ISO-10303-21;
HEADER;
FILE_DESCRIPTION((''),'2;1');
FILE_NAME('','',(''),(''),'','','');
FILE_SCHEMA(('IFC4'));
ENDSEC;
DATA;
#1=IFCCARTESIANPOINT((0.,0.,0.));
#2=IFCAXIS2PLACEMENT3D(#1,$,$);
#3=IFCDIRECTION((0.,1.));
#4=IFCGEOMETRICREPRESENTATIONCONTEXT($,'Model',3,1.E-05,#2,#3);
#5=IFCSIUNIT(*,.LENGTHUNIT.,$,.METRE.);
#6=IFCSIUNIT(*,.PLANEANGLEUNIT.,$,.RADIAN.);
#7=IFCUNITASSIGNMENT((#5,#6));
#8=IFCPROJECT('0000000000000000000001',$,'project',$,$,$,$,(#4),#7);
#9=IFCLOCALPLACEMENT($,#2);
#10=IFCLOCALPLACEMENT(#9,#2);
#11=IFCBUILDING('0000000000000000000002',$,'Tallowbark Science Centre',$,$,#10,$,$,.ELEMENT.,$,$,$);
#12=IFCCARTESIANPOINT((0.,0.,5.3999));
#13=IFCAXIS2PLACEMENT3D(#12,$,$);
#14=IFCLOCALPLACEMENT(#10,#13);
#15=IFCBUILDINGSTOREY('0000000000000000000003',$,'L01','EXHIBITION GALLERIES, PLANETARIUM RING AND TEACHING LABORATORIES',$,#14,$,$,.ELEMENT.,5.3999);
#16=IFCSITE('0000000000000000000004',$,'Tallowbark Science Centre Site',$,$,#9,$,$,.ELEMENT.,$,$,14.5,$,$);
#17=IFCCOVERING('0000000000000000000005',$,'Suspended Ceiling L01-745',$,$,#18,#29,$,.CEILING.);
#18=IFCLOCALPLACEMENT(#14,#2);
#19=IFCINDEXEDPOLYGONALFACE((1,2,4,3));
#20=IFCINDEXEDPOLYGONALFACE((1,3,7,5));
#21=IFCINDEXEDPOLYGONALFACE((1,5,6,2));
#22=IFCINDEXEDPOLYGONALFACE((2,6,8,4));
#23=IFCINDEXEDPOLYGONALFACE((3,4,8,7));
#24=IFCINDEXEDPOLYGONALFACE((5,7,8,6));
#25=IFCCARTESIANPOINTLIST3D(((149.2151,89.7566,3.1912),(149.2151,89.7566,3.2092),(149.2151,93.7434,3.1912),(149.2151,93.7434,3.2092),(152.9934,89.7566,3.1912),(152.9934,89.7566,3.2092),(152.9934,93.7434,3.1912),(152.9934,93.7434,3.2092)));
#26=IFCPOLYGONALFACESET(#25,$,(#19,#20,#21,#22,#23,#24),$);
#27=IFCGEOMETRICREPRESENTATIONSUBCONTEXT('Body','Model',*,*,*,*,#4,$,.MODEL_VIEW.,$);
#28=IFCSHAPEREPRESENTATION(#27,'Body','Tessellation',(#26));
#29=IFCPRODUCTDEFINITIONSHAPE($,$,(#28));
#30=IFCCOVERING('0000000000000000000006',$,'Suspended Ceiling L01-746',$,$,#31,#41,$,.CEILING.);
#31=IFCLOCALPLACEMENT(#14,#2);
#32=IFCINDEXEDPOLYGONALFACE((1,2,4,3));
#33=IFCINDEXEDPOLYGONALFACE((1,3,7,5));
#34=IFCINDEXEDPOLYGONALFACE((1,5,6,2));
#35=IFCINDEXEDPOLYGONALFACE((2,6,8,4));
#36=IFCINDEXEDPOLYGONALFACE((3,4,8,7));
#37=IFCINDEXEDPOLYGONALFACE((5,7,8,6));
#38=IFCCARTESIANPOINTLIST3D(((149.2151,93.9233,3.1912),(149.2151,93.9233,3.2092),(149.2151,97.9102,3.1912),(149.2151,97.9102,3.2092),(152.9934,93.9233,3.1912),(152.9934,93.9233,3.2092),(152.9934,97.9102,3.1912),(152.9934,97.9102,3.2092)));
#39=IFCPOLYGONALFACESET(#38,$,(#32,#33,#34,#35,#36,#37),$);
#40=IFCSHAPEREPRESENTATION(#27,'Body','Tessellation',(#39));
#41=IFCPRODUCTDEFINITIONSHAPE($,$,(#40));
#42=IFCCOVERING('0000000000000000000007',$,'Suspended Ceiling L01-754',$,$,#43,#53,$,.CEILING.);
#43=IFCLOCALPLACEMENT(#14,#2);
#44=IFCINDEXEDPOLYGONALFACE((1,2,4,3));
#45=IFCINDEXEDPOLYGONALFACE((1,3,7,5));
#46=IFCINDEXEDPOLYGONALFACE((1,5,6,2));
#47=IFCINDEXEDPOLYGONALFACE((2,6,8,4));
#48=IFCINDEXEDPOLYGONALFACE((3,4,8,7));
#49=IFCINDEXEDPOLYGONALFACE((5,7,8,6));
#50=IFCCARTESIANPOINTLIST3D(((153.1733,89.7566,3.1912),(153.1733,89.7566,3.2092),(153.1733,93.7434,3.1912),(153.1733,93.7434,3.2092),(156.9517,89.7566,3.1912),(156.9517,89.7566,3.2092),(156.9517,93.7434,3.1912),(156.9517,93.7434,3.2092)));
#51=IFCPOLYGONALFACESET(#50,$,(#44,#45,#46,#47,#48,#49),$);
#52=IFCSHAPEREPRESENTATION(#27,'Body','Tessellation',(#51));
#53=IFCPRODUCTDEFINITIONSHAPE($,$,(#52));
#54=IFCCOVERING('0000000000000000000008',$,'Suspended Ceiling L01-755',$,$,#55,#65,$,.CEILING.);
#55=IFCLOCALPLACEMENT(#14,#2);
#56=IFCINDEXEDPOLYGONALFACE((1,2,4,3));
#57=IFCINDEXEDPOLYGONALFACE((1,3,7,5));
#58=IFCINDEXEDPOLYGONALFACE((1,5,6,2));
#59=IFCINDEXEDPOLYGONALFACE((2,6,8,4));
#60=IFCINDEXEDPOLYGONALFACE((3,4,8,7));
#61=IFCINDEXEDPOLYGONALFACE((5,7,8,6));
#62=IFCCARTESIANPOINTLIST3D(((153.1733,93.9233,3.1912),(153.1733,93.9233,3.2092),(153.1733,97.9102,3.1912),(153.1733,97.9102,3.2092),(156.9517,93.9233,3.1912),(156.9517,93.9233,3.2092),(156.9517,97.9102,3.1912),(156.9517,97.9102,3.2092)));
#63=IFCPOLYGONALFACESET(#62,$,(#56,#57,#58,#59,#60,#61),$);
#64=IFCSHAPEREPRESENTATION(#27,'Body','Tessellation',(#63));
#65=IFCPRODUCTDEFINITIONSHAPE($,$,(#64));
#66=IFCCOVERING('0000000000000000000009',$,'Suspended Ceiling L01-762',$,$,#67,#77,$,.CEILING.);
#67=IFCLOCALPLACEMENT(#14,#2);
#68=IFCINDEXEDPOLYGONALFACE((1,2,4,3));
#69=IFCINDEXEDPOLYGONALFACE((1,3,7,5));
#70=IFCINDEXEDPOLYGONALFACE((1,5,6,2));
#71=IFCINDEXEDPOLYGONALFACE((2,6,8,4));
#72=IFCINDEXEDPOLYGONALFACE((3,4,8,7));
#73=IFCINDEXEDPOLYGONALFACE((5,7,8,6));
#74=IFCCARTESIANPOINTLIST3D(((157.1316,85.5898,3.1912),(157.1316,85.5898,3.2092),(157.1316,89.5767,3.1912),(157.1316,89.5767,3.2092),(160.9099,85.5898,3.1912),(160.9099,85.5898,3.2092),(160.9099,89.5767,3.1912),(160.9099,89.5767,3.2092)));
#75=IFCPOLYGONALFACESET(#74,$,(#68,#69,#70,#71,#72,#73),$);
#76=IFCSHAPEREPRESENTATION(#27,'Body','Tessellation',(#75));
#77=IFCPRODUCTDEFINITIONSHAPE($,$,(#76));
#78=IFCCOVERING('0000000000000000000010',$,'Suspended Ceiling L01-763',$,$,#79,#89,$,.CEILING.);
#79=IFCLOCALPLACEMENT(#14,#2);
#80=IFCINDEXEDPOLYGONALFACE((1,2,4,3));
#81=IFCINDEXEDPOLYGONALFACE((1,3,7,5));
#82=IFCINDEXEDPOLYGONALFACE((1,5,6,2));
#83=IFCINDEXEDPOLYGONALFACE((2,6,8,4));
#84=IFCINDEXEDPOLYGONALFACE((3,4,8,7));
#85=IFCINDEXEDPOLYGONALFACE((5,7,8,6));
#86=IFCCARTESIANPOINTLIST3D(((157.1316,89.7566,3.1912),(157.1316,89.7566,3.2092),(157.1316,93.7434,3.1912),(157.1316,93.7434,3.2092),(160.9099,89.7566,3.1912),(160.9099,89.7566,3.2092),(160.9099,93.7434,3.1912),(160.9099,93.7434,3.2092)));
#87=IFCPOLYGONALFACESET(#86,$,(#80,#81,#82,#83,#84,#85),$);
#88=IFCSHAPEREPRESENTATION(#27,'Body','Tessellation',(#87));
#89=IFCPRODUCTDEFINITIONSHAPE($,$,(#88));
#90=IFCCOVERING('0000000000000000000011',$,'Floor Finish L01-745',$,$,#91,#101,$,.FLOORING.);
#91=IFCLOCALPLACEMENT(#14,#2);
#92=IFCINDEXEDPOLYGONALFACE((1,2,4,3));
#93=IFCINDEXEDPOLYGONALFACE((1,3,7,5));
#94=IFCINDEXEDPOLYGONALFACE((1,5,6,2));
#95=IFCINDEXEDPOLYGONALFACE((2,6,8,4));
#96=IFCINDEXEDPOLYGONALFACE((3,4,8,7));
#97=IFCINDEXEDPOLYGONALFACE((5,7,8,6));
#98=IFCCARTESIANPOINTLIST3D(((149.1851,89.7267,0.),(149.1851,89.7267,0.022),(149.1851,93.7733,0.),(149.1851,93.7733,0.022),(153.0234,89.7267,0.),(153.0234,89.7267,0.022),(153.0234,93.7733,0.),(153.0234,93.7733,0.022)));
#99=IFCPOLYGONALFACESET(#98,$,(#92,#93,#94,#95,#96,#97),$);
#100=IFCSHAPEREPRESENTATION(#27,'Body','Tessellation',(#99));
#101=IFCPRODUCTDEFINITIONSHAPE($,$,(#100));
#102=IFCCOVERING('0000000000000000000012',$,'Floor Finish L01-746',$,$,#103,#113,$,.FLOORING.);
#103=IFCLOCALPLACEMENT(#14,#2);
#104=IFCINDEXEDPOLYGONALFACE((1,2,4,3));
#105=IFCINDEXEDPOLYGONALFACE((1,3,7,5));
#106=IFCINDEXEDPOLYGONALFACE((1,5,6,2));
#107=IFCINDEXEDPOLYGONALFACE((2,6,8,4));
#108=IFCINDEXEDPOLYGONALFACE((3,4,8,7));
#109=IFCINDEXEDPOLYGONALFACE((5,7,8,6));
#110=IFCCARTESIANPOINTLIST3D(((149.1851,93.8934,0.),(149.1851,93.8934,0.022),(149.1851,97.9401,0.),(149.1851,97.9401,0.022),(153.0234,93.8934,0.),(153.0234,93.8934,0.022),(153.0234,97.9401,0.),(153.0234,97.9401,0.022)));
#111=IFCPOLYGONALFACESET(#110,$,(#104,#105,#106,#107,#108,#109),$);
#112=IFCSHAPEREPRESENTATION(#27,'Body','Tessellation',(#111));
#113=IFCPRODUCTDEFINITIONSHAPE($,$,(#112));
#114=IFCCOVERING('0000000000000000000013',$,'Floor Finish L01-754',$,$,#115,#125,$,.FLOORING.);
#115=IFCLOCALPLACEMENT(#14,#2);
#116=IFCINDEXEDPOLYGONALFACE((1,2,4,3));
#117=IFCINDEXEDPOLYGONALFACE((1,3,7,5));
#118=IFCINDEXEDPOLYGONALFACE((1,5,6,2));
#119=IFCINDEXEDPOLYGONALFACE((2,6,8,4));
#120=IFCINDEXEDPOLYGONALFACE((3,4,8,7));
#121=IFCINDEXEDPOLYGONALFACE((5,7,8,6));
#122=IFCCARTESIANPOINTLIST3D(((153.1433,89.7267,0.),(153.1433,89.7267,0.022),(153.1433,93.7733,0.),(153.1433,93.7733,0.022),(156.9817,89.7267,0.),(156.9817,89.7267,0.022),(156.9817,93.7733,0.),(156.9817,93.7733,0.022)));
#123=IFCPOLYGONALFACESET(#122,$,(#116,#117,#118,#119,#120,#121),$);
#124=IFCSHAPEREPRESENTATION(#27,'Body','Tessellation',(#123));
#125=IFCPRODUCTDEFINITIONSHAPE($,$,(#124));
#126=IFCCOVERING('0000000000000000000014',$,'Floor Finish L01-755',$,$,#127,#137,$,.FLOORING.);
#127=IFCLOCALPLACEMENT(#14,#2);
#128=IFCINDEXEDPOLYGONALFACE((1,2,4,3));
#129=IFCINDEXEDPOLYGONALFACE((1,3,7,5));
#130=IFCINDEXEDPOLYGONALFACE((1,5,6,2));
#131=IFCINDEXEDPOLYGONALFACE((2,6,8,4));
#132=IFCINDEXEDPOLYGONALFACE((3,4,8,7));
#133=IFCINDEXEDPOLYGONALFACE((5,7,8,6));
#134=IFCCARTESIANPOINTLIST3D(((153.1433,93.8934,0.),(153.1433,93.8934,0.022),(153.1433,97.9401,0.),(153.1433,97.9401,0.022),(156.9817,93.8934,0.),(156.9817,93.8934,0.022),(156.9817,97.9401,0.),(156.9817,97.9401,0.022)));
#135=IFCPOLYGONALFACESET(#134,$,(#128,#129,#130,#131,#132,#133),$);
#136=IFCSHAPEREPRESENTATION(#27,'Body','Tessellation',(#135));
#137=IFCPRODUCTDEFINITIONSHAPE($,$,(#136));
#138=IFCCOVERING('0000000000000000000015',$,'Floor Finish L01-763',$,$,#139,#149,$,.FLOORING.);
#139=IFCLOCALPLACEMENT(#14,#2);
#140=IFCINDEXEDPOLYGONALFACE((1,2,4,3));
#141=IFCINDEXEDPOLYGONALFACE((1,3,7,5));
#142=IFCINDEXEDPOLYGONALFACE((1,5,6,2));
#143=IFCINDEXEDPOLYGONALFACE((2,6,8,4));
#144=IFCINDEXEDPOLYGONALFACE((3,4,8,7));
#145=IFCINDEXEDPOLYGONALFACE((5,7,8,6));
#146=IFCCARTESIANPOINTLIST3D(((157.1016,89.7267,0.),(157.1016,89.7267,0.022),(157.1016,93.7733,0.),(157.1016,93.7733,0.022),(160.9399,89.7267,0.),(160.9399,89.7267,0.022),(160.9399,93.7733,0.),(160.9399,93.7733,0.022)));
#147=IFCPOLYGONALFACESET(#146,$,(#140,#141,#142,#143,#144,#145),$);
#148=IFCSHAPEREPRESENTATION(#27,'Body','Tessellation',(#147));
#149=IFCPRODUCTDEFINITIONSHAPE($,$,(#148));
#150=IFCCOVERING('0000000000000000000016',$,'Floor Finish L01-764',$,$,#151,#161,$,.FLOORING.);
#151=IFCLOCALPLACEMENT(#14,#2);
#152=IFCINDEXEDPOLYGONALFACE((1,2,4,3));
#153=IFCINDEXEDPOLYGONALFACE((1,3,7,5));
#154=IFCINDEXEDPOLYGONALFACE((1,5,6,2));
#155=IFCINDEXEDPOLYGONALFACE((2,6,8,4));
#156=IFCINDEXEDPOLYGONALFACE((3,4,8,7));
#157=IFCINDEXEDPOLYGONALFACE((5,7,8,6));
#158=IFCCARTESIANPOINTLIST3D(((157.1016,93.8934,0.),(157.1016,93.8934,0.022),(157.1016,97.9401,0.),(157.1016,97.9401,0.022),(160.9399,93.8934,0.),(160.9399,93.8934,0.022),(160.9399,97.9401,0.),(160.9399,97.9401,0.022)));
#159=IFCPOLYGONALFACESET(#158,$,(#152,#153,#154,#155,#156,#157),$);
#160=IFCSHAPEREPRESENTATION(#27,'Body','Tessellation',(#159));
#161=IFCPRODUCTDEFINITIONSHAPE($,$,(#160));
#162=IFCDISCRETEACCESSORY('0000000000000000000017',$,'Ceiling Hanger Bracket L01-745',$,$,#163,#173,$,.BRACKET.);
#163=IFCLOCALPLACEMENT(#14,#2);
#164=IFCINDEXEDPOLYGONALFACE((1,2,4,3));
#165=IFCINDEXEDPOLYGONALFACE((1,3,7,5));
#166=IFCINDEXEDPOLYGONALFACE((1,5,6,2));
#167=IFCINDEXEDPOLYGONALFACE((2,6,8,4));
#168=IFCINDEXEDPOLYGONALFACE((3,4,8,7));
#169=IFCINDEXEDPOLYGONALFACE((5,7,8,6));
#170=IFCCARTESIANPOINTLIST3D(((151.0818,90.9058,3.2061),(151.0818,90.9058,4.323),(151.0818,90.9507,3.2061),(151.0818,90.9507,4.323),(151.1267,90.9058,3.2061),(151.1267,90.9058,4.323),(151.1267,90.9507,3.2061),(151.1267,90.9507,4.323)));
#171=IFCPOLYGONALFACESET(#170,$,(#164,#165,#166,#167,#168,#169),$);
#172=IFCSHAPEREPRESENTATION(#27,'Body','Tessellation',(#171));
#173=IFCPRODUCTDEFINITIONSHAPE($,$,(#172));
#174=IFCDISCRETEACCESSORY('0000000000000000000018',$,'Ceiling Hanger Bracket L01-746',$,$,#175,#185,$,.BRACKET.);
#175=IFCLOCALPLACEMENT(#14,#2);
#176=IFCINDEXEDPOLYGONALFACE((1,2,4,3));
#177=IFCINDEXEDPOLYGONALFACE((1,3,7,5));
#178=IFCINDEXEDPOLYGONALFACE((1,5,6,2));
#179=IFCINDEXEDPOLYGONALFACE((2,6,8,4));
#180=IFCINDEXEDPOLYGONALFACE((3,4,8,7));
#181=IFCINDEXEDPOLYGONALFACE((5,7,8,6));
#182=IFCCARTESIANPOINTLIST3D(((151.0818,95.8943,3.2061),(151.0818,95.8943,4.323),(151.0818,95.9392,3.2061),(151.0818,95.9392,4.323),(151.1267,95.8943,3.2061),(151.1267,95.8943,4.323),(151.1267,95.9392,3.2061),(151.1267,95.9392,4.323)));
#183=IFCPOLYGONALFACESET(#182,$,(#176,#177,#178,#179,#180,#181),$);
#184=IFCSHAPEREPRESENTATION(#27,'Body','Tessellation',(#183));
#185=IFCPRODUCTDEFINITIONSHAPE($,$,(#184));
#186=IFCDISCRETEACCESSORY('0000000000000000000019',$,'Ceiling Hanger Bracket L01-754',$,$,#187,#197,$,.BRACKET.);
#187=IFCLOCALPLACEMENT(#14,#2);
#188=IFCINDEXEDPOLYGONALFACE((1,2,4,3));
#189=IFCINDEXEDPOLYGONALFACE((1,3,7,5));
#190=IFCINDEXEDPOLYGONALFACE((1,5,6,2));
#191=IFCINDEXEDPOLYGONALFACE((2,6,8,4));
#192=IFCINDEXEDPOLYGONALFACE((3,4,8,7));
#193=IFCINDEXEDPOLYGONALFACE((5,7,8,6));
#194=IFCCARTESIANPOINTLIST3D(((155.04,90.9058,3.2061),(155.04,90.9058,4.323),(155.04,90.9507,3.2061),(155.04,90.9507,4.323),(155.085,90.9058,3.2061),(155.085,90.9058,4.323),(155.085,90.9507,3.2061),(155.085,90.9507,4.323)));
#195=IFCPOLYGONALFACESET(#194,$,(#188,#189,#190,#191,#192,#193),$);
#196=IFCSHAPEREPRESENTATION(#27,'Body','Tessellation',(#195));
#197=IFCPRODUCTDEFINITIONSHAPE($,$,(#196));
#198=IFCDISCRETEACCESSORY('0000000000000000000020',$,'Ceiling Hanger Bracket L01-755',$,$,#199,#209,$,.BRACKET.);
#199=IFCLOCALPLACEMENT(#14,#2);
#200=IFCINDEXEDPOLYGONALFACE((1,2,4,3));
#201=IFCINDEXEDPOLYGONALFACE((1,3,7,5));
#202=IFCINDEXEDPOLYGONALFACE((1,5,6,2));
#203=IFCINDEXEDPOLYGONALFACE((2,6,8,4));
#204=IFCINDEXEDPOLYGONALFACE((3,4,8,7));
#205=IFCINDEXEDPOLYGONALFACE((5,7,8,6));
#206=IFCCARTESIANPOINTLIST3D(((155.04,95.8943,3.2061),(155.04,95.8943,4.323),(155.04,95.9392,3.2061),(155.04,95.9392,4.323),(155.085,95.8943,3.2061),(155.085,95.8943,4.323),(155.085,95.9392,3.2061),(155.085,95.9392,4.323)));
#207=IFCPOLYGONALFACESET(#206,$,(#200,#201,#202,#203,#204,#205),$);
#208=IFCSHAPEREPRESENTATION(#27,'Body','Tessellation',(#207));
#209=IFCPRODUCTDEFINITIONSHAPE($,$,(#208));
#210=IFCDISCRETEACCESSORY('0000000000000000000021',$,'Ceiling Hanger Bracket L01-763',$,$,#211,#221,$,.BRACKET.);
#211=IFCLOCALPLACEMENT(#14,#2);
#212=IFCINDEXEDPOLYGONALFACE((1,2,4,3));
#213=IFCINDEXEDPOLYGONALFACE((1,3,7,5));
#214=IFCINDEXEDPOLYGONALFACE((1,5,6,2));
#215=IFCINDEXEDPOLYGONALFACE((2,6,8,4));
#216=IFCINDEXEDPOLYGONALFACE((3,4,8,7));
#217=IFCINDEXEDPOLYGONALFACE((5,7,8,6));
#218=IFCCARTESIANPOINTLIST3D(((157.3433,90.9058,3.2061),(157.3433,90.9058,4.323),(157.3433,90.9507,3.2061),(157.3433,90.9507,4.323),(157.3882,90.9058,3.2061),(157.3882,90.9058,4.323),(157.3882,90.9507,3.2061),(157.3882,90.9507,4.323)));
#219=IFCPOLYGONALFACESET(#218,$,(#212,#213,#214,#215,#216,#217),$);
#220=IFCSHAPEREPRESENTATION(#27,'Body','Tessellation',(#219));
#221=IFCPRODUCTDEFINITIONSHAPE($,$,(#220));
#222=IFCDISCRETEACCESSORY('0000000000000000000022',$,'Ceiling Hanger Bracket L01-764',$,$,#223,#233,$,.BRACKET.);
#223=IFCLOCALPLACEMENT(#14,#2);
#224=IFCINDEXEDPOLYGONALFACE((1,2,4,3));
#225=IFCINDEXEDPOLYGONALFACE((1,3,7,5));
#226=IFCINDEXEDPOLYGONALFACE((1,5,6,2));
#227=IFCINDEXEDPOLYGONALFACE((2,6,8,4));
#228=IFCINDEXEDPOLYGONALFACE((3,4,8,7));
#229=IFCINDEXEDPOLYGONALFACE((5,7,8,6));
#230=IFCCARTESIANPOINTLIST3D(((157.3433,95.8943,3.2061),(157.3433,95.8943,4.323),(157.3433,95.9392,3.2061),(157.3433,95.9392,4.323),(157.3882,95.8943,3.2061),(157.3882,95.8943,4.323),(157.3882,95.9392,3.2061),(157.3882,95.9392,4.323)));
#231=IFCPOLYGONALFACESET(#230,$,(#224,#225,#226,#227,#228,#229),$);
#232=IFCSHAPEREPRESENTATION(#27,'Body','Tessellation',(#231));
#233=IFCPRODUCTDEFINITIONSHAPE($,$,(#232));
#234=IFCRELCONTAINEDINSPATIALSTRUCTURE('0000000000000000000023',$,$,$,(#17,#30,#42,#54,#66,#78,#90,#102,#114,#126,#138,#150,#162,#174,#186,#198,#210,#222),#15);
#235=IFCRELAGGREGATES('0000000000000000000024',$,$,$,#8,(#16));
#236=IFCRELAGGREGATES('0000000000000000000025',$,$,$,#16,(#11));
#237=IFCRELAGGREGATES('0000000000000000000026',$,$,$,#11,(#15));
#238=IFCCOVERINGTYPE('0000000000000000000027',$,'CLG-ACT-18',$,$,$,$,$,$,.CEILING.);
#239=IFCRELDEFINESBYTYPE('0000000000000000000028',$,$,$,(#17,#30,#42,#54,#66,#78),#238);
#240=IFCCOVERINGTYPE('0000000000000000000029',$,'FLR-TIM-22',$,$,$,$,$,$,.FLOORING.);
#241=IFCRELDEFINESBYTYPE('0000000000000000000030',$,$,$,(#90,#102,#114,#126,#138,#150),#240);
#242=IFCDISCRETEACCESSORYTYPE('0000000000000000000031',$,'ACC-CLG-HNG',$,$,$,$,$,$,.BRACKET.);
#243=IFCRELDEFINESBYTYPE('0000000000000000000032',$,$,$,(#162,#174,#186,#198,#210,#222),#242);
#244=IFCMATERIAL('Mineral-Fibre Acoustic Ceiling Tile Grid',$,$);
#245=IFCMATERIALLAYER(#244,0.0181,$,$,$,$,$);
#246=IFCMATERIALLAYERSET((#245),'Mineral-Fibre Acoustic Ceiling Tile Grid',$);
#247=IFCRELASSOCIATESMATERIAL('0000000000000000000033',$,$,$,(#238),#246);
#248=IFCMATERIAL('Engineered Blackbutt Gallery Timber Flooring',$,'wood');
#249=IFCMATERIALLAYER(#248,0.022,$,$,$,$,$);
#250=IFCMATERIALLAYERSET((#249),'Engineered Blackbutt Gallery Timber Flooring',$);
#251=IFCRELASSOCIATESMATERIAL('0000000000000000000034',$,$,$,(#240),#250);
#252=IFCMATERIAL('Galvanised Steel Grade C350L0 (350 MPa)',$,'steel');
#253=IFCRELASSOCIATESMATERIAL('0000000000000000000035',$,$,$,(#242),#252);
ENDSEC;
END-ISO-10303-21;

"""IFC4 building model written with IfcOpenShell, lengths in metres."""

from ifc_helpers import new_model, si_unit, direction, frame, origin, origin_2d, place, context, subcontext, project, spatial, rectangle, extrude, material, layer, layer_set, type_object, element, save


model = new_model("IFC4")

# Units and contexts
model_context = context("Model", 3, precision=1e-05, world=origin(), true_north=direction((0.0, 1.0)))
body_context = subcontext(model_context, "Body", "Model", "MODEL_VIEW")
ifc_project = project(units=[si_unit("LENGTHUNIT", "METRE"), si_unit("PLANEANGLEUNIT", "RADIAN")], contexts=[model_context])

# Site, building, storey
site_placement = place(None, origin())
site = spatial("IfcSite", under=ifc_project, at=site_placement, Name="Tallowbark Science Centre Site", CompositionType="ELEMENT", RefElevation=14.5)
building_placement = place(site_placement, origin())
building = spatial("IfcBuilding", under=site, at=building_placement, Name="Tallowbark Science Centre", CompositionType="ELEMENT")
storey_placement = place(building_placement, frame((0.0, 0.0, 5.3999)))
storey = spatial("IfcBuildingStorey", under=building, at=storey_placement, Name="L01", Description="EXHIBITION GALLERIES, PLANETARIUM RING AND TEACHING LABORATORIES", CompositionType="ELEMENT", Elevation=5.3999)

# Coverings
ifc_material_1 = material(Name="Mineral-Fibre Acoustic Ceiling Tile Grid")
ifc_layer_1 = layer(ifc_material_1, 0.0181)
ifc_layer_set_1 = layer_set([ifc_layer_1], Name="Mineral-Fibre Acoustic Ceiling Tile Grid")
covering_type_1 = type_object("IfcCoveringType", Name="CLG-ACT-18", PredefinedType="CEILING", material=ifc_layer_set_1)
for number, where, z_axis, x_axis, name in (
    (1, (151.1042, 91.75, 3.1912), (0.0, 0.0, 1.0), (1.0, 0.0, 0.0), "Suspended Ceiling L01-745"),
    (2, (151.1042, 95.9167, 3.1912), (0.0, 0.0, 1.0), (1.0, 0.0, 0.0), "Suspended Ceiling L01-746"),
    (3, (155.0625, 91.75, 3.1912), (0.0, 0.0, 1.0), (1.0, 0.0, 0.0), "Suspended Ceiling L01-754"),
    (4, (155.0625, 95.9167, 3.1912), (0.0, 0.0, 1.0), (1.0, 0.0, 0.0), "Suspended Ceiling L01-755"),
    (5, (159.0208, 87.5833, 3.1912), (0.0, 0.0, 1.0), (1.0, 0.0, 0.0), "Suspended Ceiling L01-762"),
    (6, (159.0208, 91.75, 3.1912), (0.0, 0.0, 1.0), (1.0, 0.0, 0.0), "Suspended Ceiling L01-763"),
):
    element("IfcCovering", number, at=place(storey_placement, frame(where, z_axis=z_axis, x_axis=x_axis)), inside=storey, type_object=covering_type_1, Name=name, PredefinedType="CEILING", context=body_context, shape_type="SweptSolid", body=[
        extrude(rectangle(XDim=3.7783, YDim=3.9868, at=origin_2d()), origin(), (0.0, 0.0, 1.0), 0.0181),
    ])
ifc_material_2 = material(Name="Engineered Blackbutt Gallery Timber Flooring", Category="wood")
ifc_layer_2 = layer(ifc_material_2, 0.022)
ifc_layer_set_2 = layer_set([ifc_layer_2], Name="Engineered Blackbutt Gallery Timber Flooring")
covering_type_2 = type_object("IfcCoveringType", Name="FLR-TIM-22", PredefinedType="FLOORING", material=ifc_layer_set_2)
for number, where, z_axis, x_axis, name in (
    (7, (151.1042, 91.75, 0.0), (0.0, 0.0, 1.0), (1.0, 0.0, 0.0), "Floor Finish L01-745"),
    (8, (151.1042, 95.9167, 0.0), (0.0, 0.0, 1.0), (1.0, 0.0, 0.0), "Floor Finish L01-746"),
    (9, (155.0625, 91.75, 0.0), (0.0, 0.0, 1.0), (1.0, 0.0, 0.0), "Floor Finish L01-754"),
    (10, (155.0625, 95.9167, 0.0), (0.0, 0.0, 1.0), (1.0, 0.0, 0.0), "Floor Finish L01-755"),
    (11, (159.0208, 91.75, 0.0), (0.0, 0.0, 1.0), (1.0, 0.0, 0.0), "Floor Finish L01-763"),
    (12, (159.0208, 95.9167, 0.0), (0.0, 0.0, 1.0), (1.0, 0.0, 0.0), "Floor Finish L01-764"),
):
    element("IfcCovering", number, at=place(storey_placement, frame(where, z_axis=z_axis, x_axis=x_axis)), inside=storey, type_object=covering_type_2, Name=name, PredefinedType="FLOORING", context=body_context, shape_type="SweptSolid", body=[
        extrude(rectangle(XDim=3.8384, YDim=4.0466, at=origin_2d()), origin(), (0.0, 0.0, 1.0), 0.022),
    ])

# Discrete accessories
ifc_material_3 = material(Name="Galvanised Steel Grade C350L0 (350 MPa)", Category="steel")
discrete_accessory_type = type_object("IfcDiscreteAccessoryType", Name="ACC-CLG-HNG", PredefinedType="BRACKET", material=ifc_material_3)
for number, where, z_axis, x_axis, name in (
    (13, (151.1042, 90.9282, 3.2061), (0.0, 0.0, 1.0), (1.0, 0.0, 0.0), "Ceiling Hanger Bracket L01-745"),
    (14, (151.1042, 95.9167, 3.2061), (0.0, 0.0, 1.0), (1.0, 0.0, 0.0), "Ceiling Hanger Bracket L01-746"),
    (15, (155.0625, 90.9282, 3.2061), (0.0, 0.0, 1.0), (1.0, 0.0, 0.0), "Ceiling Hanger Bracket L01-754"),
    (16, (155.0625, 95.9167, 3.2061), (0.0, 0.0, 1.0), (1.0, 0.0, 0.0), "Ceiling Hanger Bracket L01-755"),
    (17, (157.3657, 90.9282, 3.2061), (0.0, 0.0, 1.0), (1.0, 0.0, 0.0), "Ceiling Hanger Bracket L01-763"),
    (18, (157.3657, 95.9167, 3.2061), (0.0, 0.0, 1.0), (1.0, 0.0, 0.0), "Ceiling Hanger Bracket L01-764"),
):
    element("IfcDiscreteAccessory", number, at=place(storey_placement, frame(where, z_axis=z_axis, x_axis=x_axis)), inside=storey, type_object=discrete_accessory_type, Name=name, PredefinedType="BRACKET", context=body_context, shape_type="SweptSolid", body=[
        extrude(rectangle(XDim=0.0449, YDim=0.0449, at=origin_2d()), origin(), (0.0, 0.0, 1.0), 1.1169),
    ])

save(model, "model.ifc")
